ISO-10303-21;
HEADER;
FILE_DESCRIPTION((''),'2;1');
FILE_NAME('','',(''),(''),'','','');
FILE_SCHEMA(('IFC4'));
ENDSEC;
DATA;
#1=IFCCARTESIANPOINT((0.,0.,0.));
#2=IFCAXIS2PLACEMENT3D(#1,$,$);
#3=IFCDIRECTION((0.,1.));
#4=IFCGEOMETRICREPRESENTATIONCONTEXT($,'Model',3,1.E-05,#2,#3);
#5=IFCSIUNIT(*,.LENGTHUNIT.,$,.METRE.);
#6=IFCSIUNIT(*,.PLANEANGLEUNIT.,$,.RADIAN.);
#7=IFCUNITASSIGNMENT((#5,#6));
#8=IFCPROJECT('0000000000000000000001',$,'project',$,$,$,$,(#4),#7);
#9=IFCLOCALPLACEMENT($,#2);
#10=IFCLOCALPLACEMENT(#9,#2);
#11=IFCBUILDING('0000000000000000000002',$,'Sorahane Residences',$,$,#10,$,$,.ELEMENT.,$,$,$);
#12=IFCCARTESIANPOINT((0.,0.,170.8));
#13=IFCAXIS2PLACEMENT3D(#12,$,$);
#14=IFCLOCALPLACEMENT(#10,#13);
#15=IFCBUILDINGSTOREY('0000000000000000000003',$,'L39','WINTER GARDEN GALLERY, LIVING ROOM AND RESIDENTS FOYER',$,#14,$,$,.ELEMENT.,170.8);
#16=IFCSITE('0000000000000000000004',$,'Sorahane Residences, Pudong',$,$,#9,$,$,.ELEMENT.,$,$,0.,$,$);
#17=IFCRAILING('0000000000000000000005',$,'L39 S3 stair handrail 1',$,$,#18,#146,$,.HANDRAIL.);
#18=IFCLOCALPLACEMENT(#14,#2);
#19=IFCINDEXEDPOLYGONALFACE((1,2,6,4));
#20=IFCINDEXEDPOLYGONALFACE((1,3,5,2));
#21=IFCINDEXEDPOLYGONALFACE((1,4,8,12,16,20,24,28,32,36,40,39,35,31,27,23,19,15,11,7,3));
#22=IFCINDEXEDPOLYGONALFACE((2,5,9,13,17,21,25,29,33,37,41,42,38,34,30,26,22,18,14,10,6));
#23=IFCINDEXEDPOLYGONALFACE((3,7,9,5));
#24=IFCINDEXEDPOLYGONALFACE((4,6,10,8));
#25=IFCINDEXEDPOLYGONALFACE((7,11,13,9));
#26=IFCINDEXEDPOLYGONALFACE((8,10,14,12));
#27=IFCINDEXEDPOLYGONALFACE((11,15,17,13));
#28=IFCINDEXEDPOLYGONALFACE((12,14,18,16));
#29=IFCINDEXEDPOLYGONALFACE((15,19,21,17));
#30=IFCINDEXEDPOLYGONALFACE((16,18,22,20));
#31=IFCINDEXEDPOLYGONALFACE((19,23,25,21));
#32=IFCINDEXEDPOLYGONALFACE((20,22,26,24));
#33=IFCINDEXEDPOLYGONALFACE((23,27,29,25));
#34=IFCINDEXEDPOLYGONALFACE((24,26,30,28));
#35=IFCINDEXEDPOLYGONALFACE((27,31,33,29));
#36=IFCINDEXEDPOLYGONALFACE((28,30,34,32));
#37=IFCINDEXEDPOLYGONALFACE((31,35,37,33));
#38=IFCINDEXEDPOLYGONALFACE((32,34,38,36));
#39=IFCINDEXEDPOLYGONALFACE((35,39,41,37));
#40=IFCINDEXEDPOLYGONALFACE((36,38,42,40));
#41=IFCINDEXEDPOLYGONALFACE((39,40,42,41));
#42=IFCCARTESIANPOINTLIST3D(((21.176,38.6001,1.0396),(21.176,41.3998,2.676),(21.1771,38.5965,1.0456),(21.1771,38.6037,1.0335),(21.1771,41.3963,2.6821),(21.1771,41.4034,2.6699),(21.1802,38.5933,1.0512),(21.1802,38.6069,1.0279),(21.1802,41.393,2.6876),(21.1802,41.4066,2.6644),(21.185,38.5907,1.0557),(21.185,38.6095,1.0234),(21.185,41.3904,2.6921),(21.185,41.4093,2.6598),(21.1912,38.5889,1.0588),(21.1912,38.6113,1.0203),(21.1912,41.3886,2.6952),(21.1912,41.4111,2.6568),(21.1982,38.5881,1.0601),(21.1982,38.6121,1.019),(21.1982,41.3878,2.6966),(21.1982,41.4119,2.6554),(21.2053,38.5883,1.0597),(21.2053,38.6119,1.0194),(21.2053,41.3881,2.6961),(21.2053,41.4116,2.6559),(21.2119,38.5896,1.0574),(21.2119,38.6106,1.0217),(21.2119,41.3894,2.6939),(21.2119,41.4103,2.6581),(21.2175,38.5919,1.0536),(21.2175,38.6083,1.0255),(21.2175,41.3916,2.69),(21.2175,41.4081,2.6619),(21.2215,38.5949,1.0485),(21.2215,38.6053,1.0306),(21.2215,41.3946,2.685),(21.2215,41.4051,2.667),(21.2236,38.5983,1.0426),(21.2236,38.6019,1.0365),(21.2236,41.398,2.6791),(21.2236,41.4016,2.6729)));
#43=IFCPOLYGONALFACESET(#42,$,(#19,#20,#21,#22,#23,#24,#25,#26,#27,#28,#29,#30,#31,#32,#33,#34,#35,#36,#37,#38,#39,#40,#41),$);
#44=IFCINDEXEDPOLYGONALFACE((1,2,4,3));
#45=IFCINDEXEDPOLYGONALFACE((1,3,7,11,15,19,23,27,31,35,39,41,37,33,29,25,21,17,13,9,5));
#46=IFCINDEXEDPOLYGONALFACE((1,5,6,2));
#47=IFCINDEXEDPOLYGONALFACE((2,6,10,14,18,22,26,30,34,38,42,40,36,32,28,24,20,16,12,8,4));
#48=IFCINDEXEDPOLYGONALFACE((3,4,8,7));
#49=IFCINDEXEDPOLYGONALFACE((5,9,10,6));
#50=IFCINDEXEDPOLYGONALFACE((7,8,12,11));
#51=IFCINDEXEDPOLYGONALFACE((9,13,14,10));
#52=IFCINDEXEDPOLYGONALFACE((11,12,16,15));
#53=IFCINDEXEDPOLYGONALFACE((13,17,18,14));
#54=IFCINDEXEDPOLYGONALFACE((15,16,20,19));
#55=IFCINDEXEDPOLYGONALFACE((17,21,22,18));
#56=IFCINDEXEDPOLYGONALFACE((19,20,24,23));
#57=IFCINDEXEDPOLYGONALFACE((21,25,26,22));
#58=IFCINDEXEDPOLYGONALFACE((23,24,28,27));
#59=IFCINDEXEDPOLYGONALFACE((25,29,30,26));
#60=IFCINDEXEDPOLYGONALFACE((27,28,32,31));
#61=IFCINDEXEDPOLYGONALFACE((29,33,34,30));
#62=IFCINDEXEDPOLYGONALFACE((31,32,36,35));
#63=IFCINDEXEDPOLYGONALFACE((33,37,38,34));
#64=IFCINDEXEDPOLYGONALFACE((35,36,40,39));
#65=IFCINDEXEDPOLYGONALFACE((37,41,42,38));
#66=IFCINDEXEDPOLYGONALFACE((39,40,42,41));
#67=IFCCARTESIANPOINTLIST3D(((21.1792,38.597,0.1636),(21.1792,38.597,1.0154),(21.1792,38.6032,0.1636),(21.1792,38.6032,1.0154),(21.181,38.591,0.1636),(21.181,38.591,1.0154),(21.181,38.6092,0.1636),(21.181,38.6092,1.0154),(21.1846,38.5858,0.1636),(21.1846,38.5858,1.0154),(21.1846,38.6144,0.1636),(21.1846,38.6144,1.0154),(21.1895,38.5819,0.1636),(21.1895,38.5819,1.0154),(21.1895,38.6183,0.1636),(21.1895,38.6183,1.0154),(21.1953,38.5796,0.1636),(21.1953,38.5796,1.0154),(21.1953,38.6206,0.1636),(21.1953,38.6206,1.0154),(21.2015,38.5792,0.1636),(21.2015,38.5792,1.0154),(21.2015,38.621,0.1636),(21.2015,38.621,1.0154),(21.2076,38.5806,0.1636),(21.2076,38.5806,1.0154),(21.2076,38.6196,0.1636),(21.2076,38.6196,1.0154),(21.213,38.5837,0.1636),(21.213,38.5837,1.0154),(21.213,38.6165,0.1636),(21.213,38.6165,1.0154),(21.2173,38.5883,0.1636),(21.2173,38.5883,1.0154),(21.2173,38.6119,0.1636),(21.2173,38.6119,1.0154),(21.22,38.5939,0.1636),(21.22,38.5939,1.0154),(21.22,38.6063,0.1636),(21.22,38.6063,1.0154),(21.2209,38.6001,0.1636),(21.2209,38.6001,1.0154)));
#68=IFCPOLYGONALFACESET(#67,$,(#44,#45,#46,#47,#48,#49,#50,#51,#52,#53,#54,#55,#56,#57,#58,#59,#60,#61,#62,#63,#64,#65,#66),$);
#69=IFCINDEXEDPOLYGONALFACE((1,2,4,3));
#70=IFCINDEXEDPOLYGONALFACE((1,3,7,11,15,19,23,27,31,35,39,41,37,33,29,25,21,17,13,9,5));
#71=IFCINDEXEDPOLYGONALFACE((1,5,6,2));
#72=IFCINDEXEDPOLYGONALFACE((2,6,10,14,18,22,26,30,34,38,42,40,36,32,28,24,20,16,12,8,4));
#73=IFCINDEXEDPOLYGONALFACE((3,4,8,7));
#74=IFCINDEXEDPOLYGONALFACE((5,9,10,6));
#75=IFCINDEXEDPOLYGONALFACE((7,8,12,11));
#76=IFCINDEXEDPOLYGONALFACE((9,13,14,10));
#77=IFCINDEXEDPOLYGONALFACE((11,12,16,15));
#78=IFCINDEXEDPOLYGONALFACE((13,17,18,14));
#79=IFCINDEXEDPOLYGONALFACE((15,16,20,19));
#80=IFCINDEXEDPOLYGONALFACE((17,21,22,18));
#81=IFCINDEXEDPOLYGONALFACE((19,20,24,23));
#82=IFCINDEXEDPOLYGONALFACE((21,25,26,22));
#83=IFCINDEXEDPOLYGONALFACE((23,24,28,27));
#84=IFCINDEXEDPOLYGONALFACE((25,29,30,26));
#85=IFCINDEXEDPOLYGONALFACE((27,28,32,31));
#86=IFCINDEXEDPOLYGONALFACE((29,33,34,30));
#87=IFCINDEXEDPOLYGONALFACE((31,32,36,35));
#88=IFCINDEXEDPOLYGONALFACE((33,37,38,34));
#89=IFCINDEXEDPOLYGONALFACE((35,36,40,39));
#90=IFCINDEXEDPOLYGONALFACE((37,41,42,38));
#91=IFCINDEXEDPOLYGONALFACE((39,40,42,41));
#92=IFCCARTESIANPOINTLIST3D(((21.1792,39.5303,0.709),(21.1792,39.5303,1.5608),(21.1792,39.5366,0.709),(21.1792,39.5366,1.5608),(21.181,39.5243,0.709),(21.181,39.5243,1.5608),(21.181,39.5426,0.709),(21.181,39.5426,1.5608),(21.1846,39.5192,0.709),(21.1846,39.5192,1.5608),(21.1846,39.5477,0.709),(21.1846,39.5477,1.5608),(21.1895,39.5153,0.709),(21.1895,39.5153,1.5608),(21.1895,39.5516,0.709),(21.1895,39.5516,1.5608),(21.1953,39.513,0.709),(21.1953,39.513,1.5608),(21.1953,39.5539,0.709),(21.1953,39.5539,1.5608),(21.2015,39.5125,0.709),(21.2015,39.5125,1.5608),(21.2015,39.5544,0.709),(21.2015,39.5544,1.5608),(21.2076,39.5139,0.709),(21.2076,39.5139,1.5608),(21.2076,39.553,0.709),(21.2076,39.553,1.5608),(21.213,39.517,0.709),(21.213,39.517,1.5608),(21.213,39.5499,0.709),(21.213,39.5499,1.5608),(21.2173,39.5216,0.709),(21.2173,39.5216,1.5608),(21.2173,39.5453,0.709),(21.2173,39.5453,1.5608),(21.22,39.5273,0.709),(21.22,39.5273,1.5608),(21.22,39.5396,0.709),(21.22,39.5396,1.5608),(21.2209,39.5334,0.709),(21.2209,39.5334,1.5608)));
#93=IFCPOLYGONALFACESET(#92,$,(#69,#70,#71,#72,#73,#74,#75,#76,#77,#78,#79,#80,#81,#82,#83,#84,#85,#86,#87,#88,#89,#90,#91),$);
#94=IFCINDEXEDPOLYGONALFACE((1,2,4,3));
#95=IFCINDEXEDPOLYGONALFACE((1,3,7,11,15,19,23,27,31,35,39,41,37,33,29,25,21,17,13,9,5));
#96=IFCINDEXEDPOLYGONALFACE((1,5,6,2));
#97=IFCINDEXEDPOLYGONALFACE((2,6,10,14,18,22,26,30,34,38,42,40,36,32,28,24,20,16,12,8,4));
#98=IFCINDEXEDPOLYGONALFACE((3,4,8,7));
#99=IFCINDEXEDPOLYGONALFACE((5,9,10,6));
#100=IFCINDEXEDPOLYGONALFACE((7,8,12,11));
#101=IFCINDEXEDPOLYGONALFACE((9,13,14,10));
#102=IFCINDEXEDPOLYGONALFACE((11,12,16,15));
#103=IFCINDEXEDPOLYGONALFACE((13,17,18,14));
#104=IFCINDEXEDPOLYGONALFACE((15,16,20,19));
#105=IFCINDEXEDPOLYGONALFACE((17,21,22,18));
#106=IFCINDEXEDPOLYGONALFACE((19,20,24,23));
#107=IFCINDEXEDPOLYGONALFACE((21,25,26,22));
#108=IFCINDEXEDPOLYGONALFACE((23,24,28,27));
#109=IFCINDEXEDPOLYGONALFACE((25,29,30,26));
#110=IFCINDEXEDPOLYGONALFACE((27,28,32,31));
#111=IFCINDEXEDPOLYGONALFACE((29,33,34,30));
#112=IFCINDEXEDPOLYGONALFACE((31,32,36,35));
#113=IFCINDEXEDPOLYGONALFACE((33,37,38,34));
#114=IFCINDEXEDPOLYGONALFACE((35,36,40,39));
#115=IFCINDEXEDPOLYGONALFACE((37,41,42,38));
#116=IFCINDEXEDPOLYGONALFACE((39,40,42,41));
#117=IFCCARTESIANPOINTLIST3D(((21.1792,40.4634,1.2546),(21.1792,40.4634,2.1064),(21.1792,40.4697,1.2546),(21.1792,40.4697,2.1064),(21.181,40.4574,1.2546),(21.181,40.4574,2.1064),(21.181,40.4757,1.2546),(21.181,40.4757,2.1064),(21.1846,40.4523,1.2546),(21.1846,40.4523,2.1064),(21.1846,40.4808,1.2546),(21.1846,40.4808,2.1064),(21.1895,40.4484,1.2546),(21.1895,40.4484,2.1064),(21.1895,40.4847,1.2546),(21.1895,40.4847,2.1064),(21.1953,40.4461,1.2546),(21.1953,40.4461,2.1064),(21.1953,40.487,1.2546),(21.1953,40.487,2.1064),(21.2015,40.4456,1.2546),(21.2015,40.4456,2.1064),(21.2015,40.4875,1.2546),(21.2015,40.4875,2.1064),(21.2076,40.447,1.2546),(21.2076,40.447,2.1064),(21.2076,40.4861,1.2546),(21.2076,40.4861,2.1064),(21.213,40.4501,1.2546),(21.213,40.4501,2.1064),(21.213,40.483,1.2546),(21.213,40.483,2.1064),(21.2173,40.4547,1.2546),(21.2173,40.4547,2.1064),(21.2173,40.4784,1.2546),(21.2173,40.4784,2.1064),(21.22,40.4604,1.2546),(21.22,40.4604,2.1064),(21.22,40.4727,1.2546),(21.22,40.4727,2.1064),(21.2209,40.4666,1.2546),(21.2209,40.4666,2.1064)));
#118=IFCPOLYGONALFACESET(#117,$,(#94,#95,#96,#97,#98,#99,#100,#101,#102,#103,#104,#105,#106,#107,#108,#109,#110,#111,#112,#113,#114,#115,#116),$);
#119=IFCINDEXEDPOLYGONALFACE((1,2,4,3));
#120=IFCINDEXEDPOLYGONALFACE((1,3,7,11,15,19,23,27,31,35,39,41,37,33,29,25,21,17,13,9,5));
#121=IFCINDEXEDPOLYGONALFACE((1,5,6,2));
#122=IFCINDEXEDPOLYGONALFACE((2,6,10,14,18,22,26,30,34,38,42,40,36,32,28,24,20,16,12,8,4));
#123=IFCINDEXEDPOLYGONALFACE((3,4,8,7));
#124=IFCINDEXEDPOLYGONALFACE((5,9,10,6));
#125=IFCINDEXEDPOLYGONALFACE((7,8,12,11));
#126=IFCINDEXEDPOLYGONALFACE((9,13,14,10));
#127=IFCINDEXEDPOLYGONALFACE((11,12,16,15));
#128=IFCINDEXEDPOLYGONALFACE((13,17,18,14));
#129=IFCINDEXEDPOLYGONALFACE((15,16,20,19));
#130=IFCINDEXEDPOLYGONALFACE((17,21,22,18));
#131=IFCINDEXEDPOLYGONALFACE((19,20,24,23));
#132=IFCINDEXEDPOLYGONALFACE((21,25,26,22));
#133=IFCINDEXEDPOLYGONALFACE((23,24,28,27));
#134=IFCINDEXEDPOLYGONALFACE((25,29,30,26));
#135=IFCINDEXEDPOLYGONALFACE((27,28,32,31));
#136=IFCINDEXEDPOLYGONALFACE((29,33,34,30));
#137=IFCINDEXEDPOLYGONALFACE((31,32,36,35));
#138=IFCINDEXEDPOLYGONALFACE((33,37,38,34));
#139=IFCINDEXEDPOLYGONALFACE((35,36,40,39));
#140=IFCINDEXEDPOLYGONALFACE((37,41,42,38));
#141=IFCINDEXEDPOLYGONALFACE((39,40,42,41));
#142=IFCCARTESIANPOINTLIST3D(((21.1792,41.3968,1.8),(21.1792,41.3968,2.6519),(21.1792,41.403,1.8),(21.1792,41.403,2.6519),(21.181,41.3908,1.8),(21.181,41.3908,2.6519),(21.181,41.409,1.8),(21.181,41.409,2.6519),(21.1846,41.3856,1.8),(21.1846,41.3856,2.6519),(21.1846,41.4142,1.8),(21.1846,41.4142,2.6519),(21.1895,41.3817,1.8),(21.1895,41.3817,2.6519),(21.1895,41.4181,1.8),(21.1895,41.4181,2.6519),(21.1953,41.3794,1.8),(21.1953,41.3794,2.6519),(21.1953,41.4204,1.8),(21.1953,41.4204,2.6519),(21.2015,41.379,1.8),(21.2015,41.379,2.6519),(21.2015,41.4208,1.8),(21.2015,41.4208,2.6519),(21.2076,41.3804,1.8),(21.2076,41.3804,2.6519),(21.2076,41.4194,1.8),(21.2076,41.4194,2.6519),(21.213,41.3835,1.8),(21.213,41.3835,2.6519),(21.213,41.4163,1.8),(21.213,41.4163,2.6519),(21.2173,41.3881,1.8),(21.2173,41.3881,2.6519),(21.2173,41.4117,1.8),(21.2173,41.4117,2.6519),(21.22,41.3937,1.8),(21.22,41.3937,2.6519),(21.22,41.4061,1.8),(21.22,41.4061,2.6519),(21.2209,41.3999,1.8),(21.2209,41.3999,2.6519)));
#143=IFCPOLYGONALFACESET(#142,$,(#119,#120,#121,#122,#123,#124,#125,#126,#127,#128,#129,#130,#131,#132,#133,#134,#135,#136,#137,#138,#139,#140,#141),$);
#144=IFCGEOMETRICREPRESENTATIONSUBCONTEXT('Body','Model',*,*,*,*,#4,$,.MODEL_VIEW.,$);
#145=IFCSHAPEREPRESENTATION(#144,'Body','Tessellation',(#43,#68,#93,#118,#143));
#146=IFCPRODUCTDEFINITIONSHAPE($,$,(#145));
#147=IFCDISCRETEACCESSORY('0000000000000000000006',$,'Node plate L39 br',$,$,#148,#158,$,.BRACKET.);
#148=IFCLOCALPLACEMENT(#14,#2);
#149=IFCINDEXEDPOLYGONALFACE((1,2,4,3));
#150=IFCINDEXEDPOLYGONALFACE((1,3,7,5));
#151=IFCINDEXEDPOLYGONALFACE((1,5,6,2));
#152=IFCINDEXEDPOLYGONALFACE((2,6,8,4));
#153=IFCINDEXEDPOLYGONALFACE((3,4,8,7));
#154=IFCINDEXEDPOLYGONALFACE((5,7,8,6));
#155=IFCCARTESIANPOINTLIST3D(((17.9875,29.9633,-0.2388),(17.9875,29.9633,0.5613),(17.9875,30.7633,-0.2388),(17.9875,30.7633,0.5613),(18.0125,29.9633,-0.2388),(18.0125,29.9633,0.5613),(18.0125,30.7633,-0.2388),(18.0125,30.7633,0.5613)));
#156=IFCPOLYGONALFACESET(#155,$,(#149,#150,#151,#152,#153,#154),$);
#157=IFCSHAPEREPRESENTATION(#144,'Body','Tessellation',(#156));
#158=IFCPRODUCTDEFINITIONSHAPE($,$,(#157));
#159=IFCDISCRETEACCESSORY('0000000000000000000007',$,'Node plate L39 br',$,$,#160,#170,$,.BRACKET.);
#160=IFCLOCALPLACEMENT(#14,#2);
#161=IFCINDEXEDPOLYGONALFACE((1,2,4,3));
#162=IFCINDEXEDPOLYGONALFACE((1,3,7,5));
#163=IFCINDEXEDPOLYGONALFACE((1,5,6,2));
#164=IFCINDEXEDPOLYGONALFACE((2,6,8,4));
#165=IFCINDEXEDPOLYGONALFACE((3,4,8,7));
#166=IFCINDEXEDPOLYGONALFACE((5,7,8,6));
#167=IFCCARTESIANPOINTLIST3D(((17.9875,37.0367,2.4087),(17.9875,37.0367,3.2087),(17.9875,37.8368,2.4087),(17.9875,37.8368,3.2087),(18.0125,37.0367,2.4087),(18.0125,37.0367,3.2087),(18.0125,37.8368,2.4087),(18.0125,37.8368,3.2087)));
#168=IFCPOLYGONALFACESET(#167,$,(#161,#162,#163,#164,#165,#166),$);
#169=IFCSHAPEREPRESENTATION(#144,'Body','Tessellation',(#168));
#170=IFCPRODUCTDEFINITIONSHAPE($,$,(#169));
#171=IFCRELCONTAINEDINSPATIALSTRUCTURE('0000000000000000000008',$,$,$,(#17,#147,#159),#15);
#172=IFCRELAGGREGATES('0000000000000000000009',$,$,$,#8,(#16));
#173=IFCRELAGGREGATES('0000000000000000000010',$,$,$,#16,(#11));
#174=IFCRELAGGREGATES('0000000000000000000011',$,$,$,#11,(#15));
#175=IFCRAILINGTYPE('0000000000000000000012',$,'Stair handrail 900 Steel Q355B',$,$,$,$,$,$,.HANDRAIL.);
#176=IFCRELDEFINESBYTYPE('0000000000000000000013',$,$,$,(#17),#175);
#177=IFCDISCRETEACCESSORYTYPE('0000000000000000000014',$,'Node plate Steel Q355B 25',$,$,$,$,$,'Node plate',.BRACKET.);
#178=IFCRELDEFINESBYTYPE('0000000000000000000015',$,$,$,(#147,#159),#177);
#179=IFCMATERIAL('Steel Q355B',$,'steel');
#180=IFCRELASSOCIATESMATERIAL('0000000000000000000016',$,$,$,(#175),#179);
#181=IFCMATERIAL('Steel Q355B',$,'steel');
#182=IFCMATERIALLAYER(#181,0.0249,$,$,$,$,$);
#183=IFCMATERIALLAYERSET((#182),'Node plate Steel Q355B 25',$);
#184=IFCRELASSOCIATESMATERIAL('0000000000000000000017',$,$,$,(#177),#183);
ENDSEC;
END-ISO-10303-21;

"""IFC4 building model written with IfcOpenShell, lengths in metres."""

from ifc_helpers import new_model, si_unit, direction, frame, origin, origin_2d, place, context, subcontext, project, spatial, rectangle, circle, extrude, material, layer, layer_set, type_object, element, save


model = new_model("IFC4")

# Units and contexts
model_context = context("Model", 3, precision=1e-05, world=origin(), true_north=direction((0.0, 1.0)))
body_context = subcontext(model_context, "Body", "Model", "MODEL_VIEW")
ifc_project = project(units=[si_unit("LENGTHUNIT", "METRE"), si_unit("PLANEANGLEUNIT", "RADIAN")], contexts=[model_context])

# Site, building, storey
site_placement = place(None, origin())
site = spatial("IfcSite", under=ifc_project, at=site_placement, Name="Sorahane Residences, Pudong", CompositionType="ELEMENT", RefElevation=0.0)
building_placement = place(site_placement, origin())
building = spatial("IfcBuilding", under=site, at=building_placement, Name="Sorahane Residences", CompositionType="ELEMENT")
storey_placement = place(building_placement, frame((0.0, 0.0, 170.8)))
storey = spatial("IfcBuildingStorey", under=building, at=storey_placement, Name="L39", Description="WINTER GARDEN GALLERY, LIVING ROOM AND RESIDENTS FOYER", CompositionType="ELEMENT", Elevation=170.8)

# Railing
ifc_material_1 = material(Name="Steel Q355B", Category="steel")
railing_type_1 = type_object("IfcRailingType", Name="Stair handrail 900 Steel Q355B", PredefinedType="HANDRAIL", material=ifc_material_1)
for number, where, name in (
    (1, (21.2, 38.6001, 0.1636), "L39 S3 stair handrail 1"),
):
    element("IfcRailing", number, at=place(storey_placement, frame(where)), inside=storey, type_object=railing_type_1, Name=name, PredefinedType="HANDRAIL", context=body_context, shape_type="SweptSolid", body=[
        extrude(circle(Radius=0.0239, at=origin_2d()), frame((0.0, 0.0, 0.876), z_axis=(0.0, 0.863342, 0.50462), x_axis=(-1.0, 0.0, 0.0)), (0.0, 0.0, 1.0), 3.2429),
        extrude(circle(Radius=0.021, at=origin_2d()), origin(), (0.0, 0.0, 1.0), 0.8518),
        extrude(circle(Radius=0.021, at=origin_2d()), frame((0.0, 0.9333, 0.5454)), (0.0, 0.0, 1.0), 0.8518),
        extrude(circle(Radius=0.021, at=origin_2d()), frame((0.0, 1.8665, 1.0911)), (0.0, 0.0, 1.0), 0.8518),
        extrude(circle(Radius=0.021, at=origin_2d()), frame((0.0, 2.7998, 1.6365)), (0.0, 0.0, 1.0), 0.8518),
    ])

# Discrete accessories
ifc_material_2 = material(Name="Steel Q355B", Category="steel")
ifc_layer_1 = layer(ifc_material_2, 0.0249)
ifc_layer_set_1 = layer_set([ifc_layer_1], Name="Node plate Steel Q355B 25")
discrete_accessory_type = type_object("IfcDiscreteAccessoryType", Name="Node plate Steel Q355B 25", ElementType="Node plate", PredefinedType="BRACKET", material=ifc_layer_set_1)
for number, where, z_axis, x_axis, name in (
    (2, (18.0, 30.3633, -0.2388), (0.0, 0.0, 1.0), (0.0, 1.0, 0.0), "Node plate L39 br"),
    (3, (18.0, 37.4368, 2.4087), (0.0, 0.0, 1.0), (0.0, 1.0, 0.0), "Node plate L39 br"),
):
    element("IfcDiscreteAccessory", number, at=place(storey_placement, frame(where, z_axis=z_axis, x_axis=x_axis)), inside=storey, type_object=discrete_accessory_type, Name=name, PredefinedType="BRACKET", context=body_context, shape_type="SweptSolid", body=[
        extrude(rectangle(XDim=0.8, YDim=0.0249, at=origin_2d()), origin(), (0.0, 0.0, 1.0), 0.8),
    ])

save(model, "model.ifc")
